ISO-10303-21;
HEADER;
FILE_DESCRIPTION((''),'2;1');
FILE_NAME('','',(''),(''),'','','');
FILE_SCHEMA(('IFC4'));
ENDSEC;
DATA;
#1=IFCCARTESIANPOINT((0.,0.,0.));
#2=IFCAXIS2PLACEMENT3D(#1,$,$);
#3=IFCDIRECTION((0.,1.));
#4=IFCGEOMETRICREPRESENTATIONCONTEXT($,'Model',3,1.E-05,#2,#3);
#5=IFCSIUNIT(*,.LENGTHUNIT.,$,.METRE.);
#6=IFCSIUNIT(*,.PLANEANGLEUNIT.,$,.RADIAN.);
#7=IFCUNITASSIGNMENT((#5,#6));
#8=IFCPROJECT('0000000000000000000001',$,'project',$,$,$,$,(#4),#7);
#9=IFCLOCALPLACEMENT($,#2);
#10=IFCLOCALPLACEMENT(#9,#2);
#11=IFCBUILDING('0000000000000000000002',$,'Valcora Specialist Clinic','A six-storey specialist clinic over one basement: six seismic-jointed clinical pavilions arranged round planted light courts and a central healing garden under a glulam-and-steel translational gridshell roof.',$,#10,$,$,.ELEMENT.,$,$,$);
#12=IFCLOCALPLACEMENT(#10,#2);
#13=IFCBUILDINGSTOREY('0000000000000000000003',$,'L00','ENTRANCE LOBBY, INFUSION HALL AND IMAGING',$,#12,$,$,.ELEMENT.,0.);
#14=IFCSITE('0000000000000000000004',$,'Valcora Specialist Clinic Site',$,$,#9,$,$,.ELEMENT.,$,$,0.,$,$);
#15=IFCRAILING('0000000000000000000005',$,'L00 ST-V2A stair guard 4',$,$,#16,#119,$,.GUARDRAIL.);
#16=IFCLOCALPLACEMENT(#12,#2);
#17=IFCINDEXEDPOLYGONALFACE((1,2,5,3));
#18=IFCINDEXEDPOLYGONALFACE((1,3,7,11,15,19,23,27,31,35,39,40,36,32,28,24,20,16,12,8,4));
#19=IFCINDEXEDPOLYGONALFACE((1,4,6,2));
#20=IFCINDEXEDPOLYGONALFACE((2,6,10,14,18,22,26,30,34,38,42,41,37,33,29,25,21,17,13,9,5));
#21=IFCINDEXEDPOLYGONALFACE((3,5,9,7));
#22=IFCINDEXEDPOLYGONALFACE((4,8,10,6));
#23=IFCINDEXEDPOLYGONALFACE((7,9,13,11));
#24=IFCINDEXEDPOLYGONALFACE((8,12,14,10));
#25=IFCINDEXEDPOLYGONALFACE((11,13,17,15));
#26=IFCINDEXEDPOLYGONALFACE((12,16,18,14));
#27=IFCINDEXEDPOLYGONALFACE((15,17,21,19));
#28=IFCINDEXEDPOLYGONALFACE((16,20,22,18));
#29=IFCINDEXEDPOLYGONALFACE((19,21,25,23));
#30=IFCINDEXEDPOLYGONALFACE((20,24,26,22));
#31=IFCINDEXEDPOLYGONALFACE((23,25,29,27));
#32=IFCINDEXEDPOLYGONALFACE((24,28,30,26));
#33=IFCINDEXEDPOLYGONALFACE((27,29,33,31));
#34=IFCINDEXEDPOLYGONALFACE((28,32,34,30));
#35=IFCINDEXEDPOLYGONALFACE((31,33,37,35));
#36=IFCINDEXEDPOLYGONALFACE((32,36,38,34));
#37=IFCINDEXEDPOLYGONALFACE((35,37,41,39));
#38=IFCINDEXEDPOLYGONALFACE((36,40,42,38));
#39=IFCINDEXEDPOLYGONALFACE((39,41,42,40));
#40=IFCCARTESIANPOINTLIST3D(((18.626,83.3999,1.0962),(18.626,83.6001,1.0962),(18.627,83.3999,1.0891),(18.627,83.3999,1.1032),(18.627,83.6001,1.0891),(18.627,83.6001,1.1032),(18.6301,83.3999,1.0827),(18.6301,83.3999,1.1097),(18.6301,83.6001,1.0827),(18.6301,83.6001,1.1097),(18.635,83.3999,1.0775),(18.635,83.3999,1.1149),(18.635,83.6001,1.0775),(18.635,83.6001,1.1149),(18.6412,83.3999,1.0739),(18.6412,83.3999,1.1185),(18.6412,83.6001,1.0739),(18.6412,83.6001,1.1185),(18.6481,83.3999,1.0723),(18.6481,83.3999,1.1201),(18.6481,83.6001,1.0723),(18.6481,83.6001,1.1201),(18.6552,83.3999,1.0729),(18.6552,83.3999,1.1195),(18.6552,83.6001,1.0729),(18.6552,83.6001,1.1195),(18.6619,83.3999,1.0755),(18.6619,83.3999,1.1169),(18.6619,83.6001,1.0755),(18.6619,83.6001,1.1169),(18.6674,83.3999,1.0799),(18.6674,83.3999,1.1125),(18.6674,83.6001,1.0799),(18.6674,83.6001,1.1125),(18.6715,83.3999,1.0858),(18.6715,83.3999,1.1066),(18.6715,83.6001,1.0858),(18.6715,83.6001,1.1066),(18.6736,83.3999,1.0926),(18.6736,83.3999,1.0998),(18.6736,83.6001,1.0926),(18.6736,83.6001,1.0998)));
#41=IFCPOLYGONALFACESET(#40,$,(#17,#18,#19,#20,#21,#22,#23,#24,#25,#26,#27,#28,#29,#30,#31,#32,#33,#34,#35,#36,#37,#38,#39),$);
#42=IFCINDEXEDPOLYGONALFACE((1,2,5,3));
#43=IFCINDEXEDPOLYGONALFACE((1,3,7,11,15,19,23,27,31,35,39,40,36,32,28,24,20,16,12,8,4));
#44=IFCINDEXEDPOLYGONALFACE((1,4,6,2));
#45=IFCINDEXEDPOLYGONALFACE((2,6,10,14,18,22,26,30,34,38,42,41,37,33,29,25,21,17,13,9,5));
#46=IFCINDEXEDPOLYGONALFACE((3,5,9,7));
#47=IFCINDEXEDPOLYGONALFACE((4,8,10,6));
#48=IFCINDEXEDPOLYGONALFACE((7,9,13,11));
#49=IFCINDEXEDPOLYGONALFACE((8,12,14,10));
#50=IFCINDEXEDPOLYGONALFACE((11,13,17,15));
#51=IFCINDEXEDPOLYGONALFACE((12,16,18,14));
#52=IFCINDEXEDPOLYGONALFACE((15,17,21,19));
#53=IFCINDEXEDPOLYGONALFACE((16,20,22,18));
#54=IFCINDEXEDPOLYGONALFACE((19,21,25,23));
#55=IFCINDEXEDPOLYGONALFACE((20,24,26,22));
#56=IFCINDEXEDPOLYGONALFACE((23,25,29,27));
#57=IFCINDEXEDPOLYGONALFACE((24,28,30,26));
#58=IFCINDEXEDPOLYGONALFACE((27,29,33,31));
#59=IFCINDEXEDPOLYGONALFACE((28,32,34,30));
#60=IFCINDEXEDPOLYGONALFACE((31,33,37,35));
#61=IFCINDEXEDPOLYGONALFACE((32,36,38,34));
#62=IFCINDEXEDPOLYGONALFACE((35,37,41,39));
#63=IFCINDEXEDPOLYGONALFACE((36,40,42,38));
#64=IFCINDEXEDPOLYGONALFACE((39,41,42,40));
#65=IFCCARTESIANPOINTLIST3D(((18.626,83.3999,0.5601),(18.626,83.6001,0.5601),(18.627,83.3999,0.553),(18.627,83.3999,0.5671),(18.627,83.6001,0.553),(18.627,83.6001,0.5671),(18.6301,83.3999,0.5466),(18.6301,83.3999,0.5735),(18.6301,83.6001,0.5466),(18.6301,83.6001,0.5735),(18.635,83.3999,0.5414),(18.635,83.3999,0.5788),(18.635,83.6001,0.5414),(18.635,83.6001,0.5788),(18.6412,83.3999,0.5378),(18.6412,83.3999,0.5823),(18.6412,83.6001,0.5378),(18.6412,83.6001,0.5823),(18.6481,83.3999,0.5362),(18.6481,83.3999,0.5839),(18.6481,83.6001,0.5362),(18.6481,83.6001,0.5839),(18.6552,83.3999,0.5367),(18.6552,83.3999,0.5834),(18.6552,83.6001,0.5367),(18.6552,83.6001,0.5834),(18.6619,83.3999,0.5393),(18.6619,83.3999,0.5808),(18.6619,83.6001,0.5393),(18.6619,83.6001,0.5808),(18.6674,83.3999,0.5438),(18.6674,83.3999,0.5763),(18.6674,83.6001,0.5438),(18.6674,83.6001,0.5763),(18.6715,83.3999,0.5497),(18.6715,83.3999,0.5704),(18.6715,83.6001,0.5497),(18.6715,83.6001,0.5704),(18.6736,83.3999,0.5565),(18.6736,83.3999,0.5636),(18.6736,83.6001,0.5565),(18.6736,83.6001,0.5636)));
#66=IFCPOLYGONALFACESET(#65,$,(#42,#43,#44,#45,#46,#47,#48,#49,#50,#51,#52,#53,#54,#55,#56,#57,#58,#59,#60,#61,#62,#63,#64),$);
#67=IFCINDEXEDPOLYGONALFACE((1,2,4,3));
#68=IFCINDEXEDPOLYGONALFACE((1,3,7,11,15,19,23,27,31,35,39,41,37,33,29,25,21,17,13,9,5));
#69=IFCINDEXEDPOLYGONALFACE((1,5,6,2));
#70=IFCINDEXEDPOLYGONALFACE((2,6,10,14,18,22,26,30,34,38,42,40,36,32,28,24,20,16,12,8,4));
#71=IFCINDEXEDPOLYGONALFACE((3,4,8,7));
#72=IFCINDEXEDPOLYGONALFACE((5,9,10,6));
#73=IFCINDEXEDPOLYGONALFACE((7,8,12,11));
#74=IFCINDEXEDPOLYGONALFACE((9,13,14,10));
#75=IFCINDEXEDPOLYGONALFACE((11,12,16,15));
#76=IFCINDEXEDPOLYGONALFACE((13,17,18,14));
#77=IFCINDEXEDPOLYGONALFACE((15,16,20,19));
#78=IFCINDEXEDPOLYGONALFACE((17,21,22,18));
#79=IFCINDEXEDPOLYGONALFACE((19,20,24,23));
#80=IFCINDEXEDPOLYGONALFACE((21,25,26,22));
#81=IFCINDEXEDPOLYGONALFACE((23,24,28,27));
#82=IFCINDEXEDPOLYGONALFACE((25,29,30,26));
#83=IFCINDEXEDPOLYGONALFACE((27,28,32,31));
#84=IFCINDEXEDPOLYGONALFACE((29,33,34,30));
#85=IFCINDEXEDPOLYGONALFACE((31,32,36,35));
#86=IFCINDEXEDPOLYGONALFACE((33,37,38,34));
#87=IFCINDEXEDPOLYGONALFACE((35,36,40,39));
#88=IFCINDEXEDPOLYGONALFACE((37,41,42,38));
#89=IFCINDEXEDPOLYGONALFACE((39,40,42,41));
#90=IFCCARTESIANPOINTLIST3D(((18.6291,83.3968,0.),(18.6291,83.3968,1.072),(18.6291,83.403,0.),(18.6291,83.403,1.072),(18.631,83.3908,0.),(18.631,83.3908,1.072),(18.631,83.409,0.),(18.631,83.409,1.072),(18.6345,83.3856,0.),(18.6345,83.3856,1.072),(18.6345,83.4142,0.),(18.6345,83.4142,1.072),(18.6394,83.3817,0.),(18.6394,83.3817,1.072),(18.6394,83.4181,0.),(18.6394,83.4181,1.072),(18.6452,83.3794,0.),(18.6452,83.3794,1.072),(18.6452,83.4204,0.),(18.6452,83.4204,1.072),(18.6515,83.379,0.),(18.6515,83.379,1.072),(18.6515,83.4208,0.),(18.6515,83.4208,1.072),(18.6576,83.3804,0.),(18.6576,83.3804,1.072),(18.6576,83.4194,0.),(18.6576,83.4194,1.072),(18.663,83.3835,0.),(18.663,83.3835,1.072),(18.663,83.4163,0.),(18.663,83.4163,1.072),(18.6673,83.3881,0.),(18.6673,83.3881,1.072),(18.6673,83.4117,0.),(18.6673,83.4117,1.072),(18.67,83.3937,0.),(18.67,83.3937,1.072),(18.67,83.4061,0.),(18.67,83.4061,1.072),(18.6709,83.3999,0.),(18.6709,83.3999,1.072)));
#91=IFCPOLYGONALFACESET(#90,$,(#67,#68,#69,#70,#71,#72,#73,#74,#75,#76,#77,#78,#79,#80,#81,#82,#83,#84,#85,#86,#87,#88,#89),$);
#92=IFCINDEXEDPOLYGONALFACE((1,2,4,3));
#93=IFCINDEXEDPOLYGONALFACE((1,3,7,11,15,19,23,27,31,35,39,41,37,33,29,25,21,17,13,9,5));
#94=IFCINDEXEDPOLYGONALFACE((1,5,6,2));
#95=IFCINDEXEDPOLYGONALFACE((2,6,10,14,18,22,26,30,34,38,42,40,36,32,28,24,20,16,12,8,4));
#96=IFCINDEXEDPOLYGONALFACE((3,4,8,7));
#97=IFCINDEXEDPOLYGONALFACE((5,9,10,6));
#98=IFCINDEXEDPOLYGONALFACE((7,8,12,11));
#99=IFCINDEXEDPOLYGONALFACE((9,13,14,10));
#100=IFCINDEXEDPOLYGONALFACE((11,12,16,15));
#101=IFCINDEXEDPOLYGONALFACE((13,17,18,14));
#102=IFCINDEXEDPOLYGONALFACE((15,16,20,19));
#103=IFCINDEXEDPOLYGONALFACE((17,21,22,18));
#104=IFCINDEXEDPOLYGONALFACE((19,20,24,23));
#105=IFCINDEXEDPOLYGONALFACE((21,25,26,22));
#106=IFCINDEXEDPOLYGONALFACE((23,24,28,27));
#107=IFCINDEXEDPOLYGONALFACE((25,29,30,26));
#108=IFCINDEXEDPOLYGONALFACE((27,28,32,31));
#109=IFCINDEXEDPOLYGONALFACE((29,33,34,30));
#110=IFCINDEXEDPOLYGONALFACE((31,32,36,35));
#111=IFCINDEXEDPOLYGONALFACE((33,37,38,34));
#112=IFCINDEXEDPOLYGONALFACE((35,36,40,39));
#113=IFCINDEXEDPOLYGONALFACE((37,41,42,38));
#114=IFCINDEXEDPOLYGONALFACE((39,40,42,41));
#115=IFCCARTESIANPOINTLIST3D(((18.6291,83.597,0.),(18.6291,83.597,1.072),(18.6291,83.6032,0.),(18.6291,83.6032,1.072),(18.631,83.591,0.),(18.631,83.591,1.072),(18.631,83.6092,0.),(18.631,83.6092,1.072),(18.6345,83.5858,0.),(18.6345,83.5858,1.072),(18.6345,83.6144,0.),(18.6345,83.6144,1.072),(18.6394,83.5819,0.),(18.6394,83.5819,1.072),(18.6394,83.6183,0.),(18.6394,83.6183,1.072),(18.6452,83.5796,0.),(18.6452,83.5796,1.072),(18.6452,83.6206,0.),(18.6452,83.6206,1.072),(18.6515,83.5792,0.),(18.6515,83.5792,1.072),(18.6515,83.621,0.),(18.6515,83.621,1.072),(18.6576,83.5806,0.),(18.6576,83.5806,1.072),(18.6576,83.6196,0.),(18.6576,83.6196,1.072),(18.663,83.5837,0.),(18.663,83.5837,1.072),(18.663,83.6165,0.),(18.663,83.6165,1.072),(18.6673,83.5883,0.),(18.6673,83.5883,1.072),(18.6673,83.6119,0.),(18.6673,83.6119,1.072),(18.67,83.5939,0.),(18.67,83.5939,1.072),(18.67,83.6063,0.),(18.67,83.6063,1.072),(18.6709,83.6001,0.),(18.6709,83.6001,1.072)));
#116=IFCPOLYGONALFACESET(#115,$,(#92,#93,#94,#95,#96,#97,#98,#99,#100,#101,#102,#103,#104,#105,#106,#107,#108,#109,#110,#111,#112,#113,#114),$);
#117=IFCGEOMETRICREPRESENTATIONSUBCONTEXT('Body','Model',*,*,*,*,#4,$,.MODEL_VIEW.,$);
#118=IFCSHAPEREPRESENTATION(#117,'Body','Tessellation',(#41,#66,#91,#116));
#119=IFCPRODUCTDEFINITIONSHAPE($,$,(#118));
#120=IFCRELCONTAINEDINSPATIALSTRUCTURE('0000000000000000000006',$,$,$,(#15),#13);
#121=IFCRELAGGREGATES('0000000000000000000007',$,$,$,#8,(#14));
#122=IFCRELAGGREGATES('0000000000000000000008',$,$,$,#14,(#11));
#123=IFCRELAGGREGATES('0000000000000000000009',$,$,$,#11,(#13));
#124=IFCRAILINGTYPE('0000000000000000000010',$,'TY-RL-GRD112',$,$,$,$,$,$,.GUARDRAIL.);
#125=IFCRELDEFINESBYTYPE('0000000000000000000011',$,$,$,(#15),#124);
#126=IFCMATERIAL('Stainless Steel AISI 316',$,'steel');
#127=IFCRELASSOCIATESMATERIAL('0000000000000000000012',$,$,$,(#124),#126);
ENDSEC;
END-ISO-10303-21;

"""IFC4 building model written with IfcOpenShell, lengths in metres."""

from ifc_helpers import new_model, si_unit, direction, frame, origin, origin_2d, place, context, subcontext, project, spatial, circle, extrude, material, type_object, element, save


model = new_model("IFC4")

# Units and contexts
model_context = context("Model", 3, precision=1e-05, world=origin(), true_north=direction((0.0, 1.0)))
body_context = subcontext(model_context, "Body", "Model", "MODEL_VIEW")
ifc_project = project(units=[si_unit("LENGTHUNIT", "METRE"), si_unit("PLANEANGLEUNIT", "RADIAN")], contexts=[model_context])

# Site, building, storey
site_placement = place(None, origin())
site = spatial("IfcSite", under=ifc_project, at=site_placement, Name="Valcora Specialist Clinic Site", CompositionType="ELEMENT", RefElevation=0.0)
building_placement = place(site_placement, origin())
building = spatial("IfcBuilding", under=site, at=building_placement, Name="Valcora Specialist Clinic", Description="A six-storey specialist clinic over one basement: six seismic-jointed clinical pavilions arranged round planted light courts and a central healing garden under a glulam-and-steel translational gridshell roof.", CompositionType="ELEMENT")
storey_placement = place(building_placement, origin())
storey = spatial("IfcBuildingStorey", under=building, at=storey_placement, Name="L00", Description="ENTRANCE LOBBY, INFUSION HALL AND IMAGING", CompositionType="ELEMENT", Elevation=0.0)

# Railing
ifc_material_1 = material(Name="Stainless Steel AISI 316", Category="steel")
railing_type_1 = type_object("IfcRailingType", Name="TY-RL-GRD112", PredefinedType="GUARDRAIL", material=ifc_material_1)
railing_1_placement = place(storey_placement, frame((18.6499, 83.3999, 0.0)))
element("IfcRailing", 1, at=railing_1_placement, inside=storey, type_object=railing_type_1, Name="L00 ST-V2A stair guard 4", PredefinedType="GUARDRAIL", context=body_context, shape_type="SweptSolid", body=[
    extrude(circle(Radius=0.0239, at=origin_2d()), frame((0.0, 0.0, 1.0962), z_axis=(0.0, 1.0, 0.0), x_axis=(-1.0, 0.0, 0.0)), (0.0, 0.0, 1.0), 0.2002),
    extrude(circle(Radius=0.0239, at=origin_2d()), frame((0.0, 0.0, 0.5601), z_axis=(0.0, 1.0, 0.0), x_axis=(-1.0, 0.0, 0.0)), (0.0, 0.0, 1.0), 0.2002),
    extrude(circle(Radius=0.021, at=origin_2d()), origin(), (0.0, 0.0, 1.0), 1.072),
    extrude(circle(Radius=0.021, at=origin_2d()), frame((0.0, 0.2002, 0.0)), (0.0, 0.0, 1.0), 1.072),
])

save(model, "model.ifc")
